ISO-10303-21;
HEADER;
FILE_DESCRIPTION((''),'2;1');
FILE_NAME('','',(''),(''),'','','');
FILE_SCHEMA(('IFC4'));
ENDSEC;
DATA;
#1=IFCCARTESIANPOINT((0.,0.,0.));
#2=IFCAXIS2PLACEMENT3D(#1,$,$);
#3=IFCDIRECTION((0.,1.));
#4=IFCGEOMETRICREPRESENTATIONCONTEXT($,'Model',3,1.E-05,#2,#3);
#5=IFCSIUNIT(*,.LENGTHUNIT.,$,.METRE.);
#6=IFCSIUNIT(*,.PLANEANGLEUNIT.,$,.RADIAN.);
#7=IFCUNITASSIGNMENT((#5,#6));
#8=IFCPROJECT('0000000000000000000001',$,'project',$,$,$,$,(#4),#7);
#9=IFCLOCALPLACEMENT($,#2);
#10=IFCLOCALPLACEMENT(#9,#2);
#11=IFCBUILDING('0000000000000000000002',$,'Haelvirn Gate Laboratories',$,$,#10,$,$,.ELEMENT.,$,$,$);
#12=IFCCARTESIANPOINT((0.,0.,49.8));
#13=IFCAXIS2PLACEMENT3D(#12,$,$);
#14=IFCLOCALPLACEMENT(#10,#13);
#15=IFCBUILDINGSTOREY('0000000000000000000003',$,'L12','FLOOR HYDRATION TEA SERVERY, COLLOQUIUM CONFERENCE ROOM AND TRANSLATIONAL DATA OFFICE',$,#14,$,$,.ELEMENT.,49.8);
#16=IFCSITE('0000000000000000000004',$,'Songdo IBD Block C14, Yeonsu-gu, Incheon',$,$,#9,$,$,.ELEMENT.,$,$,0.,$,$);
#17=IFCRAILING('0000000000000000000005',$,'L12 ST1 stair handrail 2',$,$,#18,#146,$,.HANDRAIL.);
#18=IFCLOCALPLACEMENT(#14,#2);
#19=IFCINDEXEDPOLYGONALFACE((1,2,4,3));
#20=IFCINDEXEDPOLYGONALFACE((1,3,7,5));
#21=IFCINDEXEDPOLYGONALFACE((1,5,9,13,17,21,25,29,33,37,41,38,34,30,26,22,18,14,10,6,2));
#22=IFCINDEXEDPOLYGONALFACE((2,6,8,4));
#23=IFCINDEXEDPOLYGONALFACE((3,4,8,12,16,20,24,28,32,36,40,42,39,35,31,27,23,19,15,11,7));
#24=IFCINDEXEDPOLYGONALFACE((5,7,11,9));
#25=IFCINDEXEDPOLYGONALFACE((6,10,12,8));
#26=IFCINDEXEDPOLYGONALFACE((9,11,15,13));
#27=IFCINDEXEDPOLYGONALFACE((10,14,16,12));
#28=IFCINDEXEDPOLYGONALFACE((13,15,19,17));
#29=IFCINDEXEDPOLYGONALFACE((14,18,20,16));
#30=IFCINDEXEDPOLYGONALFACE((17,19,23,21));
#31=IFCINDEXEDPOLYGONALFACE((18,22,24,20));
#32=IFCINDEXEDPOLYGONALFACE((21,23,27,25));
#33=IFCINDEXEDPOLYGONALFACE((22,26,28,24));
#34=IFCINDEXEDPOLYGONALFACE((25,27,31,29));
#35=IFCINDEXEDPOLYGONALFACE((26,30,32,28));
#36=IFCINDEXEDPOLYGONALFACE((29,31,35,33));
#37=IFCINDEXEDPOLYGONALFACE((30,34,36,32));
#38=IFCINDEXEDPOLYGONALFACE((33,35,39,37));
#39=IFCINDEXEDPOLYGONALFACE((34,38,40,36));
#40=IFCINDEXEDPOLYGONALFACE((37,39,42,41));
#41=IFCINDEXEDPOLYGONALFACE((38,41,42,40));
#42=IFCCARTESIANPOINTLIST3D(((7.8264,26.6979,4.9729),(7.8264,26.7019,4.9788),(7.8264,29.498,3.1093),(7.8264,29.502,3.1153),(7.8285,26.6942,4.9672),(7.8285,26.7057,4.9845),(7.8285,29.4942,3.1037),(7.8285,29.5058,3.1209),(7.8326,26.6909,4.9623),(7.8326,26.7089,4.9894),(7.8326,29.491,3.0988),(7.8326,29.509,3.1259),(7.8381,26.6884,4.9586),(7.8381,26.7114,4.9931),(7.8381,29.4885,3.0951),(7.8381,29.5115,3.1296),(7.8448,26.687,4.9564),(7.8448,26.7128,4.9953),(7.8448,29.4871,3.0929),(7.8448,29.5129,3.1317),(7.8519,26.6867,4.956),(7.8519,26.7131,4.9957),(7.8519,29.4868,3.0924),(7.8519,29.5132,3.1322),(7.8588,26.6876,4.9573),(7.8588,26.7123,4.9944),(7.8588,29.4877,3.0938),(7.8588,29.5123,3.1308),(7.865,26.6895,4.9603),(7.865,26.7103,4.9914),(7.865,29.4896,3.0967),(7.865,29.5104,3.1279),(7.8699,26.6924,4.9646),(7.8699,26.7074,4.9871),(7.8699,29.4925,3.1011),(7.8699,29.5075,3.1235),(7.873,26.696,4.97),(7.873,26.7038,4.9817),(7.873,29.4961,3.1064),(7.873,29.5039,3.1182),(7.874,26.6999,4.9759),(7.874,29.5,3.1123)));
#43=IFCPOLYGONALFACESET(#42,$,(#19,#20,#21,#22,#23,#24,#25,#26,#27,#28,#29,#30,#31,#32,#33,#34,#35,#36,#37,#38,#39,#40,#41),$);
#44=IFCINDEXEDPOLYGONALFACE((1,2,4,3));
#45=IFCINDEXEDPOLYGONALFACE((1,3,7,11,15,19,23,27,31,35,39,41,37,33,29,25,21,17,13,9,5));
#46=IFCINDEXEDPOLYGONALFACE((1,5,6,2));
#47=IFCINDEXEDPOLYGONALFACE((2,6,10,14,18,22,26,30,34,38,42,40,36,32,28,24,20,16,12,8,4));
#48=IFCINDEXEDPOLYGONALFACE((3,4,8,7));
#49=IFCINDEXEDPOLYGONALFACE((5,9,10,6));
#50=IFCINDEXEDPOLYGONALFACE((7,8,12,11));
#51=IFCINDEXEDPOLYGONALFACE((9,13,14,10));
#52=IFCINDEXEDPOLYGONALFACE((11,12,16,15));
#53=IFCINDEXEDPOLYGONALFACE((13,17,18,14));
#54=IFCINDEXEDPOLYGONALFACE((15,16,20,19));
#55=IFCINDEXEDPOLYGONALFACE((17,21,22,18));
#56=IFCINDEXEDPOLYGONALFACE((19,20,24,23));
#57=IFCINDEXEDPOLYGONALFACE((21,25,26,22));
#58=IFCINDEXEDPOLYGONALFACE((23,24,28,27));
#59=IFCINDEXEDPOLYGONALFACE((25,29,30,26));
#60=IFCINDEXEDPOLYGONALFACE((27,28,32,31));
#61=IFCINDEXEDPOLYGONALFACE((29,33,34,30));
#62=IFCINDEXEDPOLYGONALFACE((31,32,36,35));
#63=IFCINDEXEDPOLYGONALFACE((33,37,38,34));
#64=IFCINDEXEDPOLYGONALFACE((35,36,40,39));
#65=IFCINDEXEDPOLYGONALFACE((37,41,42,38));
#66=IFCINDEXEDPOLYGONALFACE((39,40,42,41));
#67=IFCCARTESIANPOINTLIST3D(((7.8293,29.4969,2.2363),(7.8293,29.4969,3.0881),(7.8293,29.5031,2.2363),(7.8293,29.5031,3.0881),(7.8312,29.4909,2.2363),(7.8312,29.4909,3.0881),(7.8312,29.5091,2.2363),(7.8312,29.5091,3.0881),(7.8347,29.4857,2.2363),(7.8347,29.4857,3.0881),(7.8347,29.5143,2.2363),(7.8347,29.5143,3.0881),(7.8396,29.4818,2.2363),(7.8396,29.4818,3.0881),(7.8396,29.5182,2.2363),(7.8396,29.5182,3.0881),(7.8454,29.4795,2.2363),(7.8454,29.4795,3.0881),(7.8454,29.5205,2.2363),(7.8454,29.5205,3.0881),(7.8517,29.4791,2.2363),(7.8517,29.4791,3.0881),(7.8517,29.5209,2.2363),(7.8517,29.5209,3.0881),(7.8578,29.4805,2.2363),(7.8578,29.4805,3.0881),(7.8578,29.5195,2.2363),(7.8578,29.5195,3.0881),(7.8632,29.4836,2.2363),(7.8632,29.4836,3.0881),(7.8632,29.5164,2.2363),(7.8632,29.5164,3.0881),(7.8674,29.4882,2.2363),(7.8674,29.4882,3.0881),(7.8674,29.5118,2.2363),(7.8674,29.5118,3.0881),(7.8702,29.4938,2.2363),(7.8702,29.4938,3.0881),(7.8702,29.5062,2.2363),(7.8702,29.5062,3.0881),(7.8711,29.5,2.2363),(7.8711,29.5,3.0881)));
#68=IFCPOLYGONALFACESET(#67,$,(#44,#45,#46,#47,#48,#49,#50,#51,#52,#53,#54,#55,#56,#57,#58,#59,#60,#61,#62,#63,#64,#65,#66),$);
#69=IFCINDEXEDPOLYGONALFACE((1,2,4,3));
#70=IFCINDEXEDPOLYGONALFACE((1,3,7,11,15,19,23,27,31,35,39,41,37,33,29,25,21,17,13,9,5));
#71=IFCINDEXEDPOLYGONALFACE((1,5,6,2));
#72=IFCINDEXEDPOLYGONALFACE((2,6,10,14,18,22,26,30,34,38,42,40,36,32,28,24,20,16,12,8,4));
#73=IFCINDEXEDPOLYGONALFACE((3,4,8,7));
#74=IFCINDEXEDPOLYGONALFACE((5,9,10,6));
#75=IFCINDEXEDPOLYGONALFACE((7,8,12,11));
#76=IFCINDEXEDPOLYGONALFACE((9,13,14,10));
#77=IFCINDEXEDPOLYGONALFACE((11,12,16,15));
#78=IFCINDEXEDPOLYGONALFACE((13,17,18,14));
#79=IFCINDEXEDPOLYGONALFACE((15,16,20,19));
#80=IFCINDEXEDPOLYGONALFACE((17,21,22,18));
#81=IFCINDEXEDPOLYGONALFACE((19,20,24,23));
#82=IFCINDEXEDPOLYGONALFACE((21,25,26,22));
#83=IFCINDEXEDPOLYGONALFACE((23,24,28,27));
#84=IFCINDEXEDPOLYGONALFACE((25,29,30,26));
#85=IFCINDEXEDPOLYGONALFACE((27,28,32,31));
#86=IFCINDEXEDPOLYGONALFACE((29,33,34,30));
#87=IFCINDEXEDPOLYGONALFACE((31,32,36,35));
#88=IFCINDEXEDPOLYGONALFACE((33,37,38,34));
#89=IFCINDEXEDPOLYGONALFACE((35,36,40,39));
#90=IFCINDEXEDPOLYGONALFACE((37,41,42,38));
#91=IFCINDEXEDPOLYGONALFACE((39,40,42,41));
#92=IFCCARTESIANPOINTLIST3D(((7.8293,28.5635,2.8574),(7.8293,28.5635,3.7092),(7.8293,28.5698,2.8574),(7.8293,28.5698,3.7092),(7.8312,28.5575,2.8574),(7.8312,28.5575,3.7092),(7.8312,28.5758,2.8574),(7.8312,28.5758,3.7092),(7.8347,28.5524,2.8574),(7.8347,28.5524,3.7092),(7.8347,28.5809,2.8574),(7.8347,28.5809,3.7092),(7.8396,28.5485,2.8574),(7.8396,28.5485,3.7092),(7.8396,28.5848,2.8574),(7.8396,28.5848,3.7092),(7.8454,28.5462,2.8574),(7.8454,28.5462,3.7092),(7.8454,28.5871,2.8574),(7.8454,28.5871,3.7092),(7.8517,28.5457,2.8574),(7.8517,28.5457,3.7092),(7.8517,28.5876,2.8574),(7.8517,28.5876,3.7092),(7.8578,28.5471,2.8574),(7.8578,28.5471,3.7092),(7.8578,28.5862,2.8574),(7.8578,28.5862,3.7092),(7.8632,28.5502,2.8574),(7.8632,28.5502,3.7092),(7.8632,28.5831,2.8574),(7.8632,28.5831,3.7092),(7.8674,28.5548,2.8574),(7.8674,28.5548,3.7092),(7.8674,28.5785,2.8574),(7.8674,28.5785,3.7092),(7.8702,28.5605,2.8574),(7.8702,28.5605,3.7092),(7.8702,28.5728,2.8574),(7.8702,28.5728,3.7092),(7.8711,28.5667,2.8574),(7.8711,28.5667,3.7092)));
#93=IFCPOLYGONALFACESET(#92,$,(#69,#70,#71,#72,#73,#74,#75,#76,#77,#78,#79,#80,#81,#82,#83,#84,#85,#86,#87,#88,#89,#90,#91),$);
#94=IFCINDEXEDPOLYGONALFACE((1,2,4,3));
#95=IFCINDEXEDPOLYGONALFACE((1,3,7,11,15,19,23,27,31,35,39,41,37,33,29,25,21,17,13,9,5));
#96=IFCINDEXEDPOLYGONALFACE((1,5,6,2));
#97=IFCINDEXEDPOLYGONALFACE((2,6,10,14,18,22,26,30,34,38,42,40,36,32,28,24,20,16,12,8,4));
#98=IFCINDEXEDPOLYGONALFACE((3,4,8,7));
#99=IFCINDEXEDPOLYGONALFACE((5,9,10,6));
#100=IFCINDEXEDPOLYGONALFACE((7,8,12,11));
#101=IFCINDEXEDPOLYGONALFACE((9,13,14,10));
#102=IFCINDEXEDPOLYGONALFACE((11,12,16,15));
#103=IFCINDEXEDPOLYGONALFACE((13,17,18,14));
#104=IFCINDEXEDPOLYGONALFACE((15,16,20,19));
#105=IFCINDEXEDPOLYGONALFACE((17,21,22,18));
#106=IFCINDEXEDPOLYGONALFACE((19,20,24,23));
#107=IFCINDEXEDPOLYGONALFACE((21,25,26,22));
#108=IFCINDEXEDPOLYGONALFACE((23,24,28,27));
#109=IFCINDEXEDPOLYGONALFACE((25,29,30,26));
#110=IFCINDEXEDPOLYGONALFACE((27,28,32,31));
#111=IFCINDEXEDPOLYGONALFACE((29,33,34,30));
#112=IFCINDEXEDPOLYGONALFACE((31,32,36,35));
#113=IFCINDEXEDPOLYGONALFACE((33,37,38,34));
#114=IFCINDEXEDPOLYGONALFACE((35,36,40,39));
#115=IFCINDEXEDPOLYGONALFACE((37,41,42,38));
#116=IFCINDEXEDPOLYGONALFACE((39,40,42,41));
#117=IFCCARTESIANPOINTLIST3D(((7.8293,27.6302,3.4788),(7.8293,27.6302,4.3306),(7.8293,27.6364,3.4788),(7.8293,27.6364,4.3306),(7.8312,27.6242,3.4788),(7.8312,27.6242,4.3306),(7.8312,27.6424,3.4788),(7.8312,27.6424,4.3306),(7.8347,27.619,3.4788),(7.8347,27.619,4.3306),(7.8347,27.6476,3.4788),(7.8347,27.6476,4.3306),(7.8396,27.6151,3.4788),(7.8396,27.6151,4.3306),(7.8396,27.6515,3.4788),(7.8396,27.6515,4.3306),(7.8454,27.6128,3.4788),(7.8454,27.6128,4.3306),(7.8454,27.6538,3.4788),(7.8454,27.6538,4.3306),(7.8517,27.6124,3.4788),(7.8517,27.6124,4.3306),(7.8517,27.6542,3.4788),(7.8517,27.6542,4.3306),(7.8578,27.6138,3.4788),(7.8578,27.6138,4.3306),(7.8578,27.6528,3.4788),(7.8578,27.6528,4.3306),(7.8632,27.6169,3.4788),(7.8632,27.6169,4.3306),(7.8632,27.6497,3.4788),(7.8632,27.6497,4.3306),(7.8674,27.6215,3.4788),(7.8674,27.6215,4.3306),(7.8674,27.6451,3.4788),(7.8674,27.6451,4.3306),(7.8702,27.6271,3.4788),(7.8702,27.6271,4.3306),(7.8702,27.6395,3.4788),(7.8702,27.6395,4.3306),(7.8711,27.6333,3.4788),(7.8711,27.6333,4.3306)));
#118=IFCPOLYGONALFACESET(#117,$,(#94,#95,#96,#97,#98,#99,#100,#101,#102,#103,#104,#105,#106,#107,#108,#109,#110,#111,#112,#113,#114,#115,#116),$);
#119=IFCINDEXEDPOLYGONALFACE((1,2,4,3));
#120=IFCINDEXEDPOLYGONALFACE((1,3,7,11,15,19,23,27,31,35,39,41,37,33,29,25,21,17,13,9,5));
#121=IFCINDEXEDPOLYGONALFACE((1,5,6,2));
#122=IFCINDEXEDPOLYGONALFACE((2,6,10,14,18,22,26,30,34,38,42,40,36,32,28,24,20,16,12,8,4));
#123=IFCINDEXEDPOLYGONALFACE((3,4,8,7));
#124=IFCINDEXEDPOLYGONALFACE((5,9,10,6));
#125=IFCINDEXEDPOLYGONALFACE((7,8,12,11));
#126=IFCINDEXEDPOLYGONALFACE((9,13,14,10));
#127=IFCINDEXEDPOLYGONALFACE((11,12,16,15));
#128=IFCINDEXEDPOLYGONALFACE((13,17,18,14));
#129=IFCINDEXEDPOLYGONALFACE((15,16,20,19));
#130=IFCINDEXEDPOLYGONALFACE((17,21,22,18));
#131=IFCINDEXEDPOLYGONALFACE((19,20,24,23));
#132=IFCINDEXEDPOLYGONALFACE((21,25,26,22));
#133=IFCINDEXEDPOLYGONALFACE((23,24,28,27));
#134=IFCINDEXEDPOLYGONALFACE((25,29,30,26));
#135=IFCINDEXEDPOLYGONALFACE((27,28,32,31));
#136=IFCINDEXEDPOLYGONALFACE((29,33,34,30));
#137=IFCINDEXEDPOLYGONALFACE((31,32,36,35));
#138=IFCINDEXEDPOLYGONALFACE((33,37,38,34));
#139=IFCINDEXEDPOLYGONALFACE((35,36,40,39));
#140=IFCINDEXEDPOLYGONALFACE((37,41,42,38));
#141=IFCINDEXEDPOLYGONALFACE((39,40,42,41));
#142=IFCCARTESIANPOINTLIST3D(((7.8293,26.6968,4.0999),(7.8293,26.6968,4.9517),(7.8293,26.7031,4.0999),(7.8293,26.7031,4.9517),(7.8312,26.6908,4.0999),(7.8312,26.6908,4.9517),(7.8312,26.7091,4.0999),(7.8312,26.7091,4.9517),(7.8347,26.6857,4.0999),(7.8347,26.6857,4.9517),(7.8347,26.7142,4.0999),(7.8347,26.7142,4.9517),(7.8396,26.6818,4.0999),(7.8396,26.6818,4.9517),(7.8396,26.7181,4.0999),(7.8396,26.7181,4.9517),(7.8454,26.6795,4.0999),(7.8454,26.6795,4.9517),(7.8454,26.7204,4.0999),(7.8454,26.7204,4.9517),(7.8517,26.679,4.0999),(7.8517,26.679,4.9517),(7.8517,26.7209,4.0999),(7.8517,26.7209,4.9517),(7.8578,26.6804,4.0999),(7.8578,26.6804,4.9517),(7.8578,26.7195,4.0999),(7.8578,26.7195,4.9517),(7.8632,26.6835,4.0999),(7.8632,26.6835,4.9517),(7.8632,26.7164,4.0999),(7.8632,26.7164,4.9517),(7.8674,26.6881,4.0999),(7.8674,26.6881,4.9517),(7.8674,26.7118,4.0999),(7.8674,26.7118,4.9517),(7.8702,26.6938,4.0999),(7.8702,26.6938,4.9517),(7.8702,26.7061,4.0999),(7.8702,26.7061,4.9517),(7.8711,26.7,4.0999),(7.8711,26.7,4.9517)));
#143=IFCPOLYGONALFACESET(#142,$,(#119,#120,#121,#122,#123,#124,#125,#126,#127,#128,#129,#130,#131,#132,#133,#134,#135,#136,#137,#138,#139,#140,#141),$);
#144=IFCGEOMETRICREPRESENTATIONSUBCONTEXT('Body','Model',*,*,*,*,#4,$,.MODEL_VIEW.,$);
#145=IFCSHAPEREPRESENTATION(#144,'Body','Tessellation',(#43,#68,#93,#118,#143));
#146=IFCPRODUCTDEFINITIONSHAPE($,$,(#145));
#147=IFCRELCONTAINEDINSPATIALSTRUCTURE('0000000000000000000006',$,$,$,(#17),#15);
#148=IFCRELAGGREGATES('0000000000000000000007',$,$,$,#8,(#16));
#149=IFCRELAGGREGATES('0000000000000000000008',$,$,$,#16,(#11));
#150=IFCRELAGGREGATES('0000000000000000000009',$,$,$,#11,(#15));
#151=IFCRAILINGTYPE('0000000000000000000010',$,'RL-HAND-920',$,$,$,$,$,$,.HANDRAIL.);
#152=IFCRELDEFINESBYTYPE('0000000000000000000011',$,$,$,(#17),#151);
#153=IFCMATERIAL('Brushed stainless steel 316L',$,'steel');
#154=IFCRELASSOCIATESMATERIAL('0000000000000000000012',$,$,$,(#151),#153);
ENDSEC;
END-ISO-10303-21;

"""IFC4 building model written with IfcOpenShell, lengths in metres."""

from ifc_helpers import new_model, si_unit, direction, frame, origin, origin_2d, place, context, subcontext, project, spatial, circle, extrude, source, transform, mapped, material, type_object, type_shapes, element, save


model = new_model("IFC4")

# Units and contexts
model_context = context("Model", 3, precision=1e-05, world=origin(), true_north=direction((0.0, 1.0)))
body_context = subcontext(model_context, "Body", "Model", "MODEL_VIEW")
ifc_project = project(units=[si_unit("LENGTHUNIT", "METRE"), si_unit("PLANEANGLEUNIT", "RADIAN")], contexts=[model_context])

# Site, building, storey
site_placement = place(None, origin())
site = spatial("IfcSite", under=ifc_project, at=site_placement, Name="Songdo IBD Block C14, Yeonsu-gu, Incheon", CompositionType="ELEMENT", RefElevation=0.0)
building_placement = place(site_placement, origin())
building = spatial("IfcBuilding", under=site, at=building_placement, Name="Haelvirn Gate Laboratories", CompositionType="ELEMENT")
storey_placement = place(building_placement, frame((0.0, 0.0, 49.8)))
storey = spatial("IfcBuildingStorey", under=building, at=storey_placement, Name="L12", Description="FLOOR HYDRATION TEA SERVERY, COLLOQUIUM CONFERENCE ROOM AND TRANSLATIONAL DATA OFFICE", CompositionType="ELEMENT", Elevation=49.8)

# Railing
ifc_material_1 = material(Name="Brushed stainless steel 316L", Category="steel")
railing_type_1 = type_object("IfcRailingType", Name="RL-HAND-920", PredefinedType="HANDRAIL", material=ifc_material_1)
shared_shape_1 = source(origin(), body_context, "Body", "SweptSolid", [
    extrude(circle(Radius=0.0239, at=origin_2d()), frame((0.0, 0.0, 0.876), z_axis=(0.0, -0.832486, 0.554047), x_axis=(1.0, 0.0, 0.0)), (0.0, 0.0, 1.0), 3.3635),
    extrude(circle(Radius=0.021, at=origin_2d()), origin(), (0.0, 0.0, 1.0), 0.8518),
    extrude(circle(Radius=0.021, at=origin_2d()), frame((0.0, -0.9333, 0.6211)), (0.0, 0.0, 1.0), 0.8518),
    extrude(circle(Radius=0.021, at=origin_2d()), frame((0.0, -1.8667, 1.2424)), (0.0, 0.0, 1.0), 0.8518),
    extrude(circle(Radius=0.021, at=origin_2d()), frame((0.0, -2.8, 1.8635)), (0.0, 0.0, 1.0), 0.8518),
])
type_shapes(railing_type_1, [shared_shape_1])
railing_1_placement = place(storey_placement, frame((7.8501, 29.5, 2.2363)))
element("IfcRailing", 1, at=railing_1_placement, inside=storey, type_object=railing_type_1, Name="L12 ST1 stair handrail 2", PredefinedType="HANDRAIL", context=body_context, shape_type="MappedRepresentation", body=[
    mapped(shared_shape_1, transform((0.0, 0.0, 0.0), scale=1.0)),
])

save(model, "model.ifc")
